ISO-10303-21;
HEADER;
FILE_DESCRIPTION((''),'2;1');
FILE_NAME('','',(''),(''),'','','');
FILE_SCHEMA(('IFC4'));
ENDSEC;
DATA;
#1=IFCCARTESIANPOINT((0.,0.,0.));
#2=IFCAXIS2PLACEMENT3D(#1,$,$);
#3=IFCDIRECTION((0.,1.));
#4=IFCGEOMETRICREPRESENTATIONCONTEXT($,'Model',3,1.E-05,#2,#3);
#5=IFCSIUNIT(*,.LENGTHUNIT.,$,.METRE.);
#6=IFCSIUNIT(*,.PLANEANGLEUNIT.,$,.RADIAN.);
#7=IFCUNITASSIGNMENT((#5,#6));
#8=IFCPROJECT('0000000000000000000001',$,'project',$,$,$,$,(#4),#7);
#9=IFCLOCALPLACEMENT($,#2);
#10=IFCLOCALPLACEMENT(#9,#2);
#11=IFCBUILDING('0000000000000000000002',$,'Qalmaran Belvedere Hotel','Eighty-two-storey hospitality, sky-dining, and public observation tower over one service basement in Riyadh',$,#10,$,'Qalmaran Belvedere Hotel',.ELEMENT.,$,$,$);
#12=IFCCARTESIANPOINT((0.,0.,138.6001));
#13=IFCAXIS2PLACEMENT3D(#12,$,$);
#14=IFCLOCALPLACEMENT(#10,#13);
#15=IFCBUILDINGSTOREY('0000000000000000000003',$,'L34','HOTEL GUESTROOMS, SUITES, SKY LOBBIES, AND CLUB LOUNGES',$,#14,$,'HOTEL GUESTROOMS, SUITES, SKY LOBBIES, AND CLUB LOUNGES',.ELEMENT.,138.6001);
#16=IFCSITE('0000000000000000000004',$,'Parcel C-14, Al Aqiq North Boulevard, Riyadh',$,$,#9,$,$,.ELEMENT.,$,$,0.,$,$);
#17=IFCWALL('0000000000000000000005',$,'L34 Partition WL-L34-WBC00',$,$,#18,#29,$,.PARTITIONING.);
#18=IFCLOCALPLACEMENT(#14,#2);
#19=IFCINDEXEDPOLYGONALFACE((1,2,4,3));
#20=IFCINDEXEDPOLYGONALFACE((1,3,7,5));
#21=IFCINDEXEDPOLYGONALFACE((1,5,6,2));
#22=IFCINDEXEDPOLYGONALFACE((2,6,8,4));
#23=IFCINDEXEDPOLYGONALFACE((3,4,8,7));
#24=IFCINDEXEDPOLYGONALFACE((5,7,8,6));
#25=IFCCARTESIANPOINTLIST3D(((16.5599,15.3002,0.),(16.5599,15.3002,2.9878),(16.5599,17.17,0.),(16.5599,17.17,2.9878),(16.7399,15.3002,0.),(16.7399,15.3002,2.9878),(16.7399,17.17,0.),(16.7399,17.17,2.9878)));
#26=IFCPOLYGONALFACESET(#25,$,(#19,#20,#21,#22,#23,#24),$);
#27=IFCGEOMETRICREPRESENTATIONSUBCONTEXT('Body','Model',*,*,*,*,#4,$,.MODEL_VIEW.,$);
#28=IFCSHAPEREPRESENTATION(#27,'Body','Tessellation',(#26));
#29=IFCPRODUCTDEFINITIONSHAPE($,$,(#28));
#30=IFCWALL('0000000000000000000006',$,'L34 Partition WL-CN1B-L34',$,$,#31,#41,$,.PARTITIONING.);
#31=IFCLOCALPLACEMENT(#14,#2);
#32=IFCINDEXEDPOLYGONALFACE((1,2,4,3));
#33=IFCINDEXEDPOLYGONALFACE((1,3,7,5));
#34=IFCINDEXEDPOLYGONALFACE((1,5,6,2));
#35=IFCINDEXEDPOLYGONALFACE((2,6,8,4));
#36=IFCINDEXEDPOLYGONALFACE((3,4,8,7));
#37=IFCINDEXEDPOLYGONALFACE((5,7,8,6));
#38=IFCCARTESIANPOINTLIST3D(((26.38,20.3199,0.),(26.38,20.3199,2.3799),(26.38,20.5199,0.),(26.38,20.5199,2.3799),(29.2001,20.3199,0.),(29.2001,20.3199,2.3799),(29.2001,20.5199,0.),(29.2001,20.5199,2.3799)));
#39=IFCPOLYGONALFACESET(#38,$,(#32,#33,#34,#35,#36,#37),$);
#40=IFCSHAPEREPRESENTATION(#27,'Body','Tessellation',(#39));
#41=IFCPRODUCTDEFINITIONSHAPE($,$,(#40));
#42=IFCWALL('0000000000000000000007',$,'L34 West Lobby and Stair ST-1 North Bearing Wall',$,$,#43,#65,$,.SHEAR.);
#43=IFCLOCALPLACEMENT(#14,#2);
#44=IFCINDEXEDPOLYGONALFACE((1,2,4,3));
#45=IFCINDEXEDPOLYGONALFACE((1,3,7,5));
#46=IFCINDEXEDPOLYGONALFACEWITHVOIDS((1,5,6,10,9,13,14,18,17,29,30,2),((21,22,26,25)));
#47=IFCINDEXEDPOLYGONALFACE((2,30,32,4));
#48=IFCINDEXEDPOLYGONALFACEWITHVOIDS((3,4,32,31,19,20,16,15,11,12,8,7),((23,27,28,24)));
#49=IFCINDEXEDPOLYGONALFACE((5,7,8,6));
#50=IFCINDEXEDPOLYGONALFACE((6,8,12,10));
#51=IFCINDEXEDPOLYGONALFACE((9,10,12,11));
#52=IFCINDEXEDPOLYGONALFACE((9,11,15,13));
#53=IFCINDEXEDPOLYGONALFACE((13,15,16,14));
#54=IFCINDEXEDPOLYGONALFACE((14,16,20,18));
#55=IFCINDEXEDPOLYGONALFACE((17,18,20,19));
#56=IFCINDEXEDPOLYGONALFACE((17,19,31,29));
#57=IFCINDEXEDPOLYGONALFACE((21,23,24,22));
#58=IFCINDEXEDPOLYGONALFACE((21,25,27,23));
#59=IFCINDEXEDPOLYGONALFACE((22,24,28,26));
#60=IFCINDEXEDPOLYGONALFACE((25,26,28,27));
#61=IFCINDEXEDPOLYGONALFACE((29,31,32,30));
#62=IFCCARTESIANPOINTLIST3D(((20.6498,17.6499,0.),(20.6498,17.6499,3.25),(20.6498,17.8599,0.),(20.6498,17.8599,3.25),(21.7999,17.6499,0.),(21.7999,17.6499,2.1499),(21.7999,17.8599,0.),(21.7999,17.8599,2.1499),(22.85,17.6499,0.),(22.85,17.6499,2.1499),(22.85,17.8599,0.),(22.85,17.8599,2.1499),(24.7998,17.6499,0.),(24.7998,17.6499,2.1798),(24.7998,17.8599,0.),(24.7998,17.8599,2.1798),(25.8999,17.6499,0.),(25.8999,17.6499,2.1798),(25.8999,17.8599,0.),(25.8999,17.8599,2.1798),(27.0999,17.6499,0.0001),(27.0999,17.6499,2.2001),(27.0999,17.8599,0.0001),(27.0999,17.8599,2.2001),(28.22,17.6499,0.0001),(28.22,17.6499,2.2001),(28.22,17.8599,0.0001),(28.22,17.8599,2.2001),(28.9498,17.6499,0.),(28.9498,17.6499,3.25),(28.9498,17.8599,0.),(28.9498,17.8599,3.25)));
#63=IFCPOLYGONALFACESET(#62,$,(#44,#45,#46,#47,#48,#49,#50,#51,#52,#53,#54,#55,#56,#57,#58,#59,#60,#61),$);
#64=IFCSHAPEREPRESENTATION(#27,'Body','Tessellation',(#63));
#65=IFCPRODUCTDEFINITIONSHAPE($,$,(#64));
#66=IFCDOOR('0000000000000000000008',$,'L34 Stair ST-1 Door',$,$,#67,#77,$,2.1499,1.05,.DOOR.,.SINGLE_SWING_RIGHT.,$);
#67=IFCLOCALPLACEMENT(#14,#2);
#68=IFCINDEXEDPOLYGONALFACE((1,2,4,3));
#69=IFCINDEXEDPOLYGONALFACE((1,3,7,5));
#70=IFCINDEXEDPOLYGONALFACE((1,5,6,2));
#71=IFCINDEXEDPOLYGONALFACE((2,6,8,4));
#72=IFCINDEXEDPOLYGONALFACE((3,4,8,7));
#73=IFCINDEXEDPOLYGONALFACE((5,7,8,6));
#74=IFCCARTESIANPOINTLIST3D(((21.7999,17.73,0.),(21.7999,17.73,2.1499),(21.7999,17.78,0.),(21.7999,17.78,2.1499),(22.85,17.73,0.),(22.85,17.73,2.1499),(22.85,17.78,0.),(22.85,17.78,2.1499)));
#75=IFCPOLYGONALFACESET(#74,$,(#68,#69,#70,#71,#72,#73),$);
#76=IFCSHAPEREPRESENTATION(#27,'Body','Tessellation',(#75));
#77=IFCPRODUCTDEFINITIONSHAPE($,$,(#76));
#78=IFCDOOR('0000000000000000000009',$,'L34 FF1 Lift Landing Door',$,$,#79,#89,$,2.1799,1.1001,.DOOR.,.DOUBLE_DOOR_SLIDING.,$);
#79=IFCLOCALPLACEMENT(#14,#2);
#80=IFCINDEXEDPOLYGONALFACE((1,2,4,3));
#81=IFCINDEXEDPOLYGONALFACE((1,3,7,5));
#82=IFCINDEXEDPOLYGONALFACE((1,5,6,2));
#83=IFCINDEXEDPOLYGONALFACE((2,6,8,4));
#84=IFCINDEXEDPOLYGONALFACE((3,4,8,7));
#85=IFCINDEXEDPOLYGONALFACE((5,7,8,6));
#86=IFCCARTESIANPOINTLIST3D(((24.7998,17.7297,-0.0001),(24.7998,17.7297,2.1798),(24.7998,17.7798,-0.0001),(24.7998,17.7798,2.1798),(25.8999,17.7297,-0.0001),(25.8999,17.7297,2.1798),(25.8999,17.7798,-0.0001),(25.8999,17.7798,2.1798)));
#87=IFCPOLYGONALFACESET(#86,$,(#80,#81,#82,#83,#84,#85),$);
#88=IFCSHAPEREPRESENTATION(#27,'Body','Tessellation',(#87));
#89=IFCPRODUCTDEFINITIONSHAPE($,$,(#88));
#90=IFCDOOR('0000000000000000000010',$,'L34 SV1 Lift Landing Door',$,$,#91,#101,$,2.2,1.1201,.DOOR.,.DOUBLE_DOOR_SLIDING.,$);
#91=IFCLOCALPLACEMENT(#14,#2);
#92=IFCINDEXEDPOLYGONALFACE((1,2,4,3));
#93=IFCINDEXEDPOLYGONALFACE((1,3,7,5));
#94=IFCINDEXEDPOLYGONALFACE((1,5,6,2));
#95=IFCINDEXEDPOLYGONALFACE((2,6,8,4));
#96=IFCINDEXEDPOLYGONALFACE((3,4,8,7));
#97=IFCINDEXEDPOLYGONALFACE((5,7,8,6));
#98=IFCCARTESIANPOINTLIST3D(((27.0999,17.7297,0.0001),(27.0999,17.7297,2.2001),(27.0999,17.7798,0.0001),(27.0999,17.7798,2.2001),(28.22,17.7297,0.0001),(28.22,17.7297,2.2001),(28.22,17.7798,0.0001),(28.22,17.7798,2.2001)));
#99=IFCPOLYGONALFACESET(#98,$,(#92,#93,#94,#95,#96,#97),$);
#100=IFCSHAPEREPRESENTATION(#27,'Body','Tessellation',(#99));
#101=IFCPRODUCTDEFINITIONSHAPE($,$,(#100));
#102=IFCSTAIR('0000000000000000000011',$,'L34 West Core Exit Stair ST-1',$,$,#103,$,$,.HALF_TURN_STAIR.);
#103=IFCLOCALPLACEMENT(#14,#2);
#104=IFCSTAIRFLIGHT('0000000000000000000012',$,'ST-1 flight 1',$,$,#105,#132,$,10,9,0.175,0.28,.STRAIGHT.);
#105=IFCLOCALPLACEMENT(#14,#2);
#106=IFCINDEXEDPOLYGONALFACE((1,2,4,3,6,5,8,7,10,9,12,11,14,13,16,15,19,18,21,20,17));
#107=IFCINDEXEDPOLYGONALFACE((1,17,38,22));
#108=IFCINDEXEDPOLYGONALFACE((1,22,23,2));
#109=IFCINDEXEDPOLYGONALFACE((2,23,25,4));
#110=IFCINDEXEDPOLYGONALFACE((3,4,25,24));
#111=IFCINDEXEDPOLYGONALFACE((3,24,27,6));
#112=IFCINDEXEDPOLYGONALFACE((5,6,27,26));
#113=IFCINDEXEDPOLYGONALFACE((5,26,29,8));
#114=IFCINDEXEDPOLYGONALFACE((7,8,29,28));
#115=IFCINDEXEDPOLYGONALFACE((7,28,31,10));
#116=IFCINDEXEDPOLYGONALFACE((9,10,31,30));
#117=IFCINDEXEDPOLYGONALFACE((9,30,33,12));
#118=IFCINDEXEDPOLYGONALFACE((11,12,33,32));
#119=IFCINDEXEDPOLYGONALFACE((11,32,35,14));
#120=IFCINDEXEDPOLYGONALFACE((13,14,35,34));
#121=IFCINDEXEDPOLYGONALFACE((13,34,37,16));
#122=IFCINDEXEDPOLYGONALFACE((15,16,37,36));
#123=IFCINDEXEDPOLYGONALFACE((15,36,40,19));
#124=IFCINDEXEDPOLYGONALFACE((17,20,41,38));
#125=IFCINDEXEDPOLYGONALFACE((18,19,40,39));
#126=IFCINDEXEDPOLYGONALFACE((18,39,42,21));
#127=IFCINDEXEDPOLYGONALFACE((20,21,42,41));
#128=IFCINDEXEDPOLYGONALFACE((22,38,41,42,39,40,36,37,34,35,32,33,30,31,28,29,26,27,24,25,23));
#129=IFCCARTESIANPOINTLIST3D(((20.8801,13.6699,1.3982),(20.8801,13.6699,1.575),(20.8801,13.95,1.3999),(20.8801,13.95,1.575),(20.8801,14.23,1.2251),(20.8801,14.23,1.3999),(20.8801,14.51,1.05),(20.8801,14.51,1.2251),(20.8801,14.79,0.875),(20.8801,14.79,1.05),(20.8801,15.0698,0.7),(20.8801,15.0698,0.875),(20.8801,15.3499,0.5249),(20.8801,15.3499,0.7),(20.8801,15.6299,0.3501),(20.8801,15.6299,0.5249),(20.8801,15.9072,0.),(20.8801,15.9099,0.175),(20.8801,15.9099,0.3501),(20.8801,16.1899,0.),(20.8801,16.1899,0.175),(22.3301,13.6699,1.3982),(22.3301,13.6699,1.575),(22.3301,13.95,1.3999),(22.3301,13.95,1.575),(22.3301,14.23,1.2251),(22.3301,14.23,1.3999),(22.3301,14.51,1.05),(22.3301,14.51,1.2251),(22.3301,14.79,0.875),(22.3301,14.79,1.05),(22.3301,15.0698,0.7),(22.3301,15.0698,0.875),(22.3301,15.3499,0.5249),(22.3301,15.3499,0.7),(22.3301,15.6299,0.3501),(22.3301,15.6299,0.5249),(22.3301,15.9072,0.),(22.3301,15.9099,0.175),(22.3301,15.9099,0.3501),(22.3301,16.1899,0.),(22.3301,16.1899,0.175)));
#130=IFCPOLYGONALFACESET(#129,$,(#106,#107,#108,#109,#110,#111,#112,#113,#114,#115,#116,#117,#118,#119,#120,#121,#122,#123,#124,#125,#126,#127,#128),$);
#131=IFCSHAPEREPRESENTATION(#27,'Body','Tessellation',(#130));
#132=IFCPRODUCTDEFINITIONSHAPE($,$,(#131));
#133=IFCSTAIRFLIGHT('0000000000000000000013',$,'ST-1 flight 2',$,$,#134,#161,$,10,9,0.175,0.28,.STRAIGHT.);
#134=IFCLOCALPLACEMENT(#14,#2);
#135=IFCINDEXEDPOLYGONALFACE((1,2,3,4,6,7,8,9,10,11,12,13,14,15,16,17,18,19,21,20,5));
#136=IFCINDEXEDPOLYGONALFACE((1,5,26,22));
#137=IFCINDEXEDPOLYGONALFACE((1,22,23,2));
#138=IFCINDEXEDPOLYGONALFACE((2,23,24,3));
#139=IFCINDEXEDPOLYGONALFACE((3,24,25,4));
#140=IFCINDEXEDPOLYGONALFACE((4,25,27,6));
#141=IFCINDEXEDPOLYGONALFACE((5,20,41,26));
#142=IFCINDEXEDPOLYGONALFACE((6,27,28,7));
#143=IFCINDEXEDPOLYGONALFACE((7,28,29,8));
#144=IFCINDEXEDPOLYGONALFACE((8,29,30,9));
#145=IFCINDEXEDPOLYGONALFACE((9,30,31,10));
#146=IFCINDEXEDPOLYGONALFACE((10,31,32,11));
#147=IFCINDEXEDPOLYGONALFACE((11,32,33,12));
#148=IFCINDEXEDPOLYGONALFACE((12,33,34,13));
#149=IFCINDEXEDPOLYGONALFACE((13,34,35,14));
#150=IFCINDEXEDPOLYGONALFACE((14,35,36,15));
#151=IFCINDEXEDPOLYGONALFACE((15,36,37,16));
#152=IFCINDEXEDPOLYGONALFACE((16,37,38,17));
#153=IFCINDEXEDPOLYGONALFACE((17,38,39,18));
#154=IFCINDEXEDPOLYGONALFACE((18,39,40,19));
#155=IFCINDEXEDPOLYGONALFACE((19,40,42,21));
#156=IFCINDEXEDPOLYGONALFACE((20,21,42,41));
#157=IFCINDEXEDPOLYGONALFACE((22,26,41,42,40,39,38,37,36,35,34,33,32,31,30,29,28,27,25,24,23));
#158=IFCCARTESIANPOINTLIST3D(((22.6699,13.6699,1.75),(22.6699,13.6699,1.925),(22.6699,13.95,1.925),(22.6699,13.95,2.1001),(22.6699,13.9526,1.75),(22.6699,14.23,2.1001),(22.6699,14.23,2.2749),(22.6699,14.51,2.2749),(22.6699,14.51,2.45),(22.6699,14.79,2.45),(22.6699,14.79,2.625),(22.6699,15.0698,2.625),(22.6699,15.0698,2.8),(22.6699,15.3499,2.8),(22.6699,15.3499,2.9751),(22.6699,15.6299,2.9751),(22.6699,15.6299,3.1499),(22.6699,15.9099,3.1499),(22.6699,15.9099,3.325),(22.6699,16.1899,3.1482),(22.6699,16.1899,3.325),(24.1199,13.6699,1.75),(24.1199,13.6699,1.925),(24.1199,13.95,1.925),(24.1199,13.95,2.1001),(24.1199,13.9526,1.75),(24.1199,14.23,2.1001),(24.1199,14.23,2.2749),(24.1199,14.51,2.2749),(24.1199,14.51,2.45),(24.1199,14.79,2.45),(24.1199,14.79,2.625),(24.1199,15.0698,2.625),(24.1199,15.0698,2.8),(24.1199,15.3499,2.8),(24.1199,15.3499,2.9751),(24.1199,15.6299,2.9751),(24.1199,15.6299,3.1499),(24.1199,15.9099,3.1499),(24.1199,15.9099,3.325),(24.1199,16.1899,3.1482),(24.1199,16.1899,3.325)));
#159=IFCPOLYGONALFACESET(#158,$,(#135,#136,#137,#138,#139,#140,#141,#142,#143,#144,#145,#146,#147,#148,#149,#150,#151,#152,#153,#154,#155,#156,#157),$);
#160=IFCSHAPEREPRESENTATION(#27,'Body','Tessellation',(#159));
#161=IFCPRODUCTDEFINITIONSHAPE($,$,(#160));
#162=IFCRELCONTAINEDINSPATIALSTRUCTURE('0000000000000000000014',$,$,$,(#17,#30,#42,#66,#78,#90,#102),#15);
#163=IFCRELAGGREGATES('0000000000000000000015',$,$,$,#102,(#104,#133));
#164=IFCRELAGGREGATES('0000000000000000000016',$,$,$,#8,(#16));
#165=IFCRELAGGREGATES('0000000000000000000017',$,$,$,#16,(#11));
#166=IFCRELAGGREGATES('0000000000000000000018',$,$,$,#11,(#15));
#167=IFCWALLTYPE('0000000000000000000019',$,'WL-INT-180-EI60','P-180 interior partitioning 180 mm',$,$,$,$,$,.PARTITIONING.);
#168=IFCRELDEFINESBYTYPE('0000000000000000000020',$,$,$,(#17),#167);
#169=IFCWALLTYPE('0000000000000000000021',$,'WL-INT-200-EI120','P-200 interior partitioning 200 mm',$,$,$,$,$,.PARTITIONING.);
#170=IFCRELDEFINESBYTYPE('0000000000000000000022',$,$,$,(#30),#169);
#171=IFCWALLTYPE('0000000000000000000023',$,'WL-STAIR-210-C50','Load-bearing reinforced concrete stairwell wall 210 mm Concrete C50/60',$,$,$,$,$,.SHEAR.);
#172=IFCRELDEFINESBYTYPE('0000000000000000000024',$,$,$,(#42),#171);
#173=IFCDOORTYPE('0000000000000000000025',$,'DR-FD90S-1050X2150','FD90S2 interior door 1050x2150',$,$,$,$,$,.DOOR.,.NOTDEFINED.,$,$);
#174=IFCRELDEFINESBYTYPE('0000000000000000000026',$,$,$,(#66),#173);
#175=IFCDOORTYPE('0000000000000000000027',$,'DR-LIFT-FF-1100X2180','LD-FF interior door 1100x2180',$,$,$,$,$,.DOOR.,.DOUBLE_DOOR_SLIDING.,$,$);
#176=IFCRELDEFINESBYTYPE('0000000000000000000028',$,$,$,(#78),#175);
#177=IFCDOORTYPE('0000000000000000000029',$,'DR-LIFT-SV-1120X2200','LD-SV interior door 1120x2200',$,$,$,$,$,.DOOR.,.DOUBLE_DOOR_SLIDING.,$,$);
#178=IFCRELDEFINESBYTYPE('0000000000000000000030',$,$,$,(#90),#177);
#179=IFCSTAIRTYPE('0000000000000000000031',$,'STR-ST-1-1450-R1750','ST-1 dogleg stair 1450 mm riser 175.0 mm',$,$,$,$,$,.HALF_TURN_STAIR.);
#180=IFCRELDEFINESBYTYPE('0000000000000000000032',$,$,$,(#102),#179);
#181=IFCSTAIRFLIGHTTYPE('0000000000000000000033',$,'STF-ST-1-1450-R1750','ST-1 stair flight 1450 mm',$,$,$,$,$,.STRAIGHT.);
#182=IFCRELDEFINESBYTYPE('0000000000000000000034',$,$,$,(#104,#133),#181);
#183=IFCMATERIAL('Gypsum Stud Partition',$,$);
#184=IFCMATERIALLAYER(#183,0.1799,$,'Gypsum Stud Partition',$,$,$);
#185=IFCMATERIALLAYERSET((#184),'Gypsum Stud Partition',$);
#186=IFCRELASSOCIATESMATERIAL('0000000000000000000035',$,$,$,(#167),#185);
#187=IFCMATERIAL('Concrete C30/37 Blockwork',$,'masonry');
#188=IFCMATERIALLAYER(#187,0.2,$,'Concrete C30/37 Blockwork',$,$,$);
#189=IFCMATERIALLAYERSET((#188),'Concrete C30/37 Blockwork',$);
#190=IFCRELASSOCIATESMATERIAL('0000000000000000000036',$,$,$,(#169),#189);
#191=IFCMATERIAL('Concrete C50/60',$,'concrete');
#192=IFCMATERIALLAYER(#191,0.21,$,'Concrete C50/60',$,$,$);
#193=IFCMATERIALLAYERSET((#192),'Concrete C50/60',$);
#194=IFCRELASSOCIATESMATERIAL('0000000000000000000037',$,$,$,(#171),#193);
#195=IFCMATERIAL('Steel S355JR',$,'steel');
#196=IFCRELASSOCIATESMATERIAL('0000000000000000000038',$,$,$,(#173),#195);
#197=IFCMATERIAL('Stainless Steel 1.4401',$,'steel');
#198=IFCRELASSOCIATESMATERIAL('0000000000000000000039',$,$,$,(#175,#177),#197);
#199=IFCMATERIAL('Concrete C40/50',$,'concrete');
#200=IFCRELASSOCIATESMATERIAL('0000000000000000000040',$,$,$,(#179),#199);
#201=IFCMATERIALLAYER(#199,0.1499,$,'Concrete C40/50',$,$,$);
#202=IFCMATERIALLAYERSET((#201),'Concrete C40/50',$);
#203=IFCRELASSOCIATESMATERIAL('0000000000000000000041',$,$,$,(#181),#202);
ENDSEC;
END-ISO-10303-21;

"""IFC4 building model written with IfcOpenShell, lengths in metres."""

from ifc_helpers import new_model, si_unit, direction, frame, frame_2d, origin, place, context, subcontext, project, spatial, polyline, rectangle, outline, extrude, material, layer, layer_set, type_object, element, fill, aggregate, save


model = new_model("IFC4")

# Units and contexts
model_context = context("Model", 3, precision=1e-05, world=origin(), true_north=direction((0.0, 1.0)))
body_context = subcontext(model_context, "Body", "Model", "MODEL_VIEW")
ifc_project = project(units=[si_unit("LENGTHUNIT", "METRE"), si_unit("PLANEANGLEUNIT", "RADIAN")], contexts=[model_context])

# Site, building, storey
site_placement = place(None, origin())
site = spatial("IfcSite", under=ifc_project, at=site_placement, Name="Parcel C-14, Al Aqiq North Boulevard, Riyadh", CompositionType="ELEMENT", RefElevation=0.0)
building_placement = place(site_placement, origin())
building = spatial("IfcBuilding", under=site, at=building_placement, Name="Qalmaran Belvedere Hotel", Description="Eighty-two-storey hospitality, sky-dining, and public observation tower over one service basement in Riyadh", LongName="Qalmaran Belvedere Hotel", CompositionType="ELEMENT")
storey_placement = place(building_placement, frame((0.0, 0.0, 138.6001)))
storey = spatial("IfcBuildingStorey", under=building, at=storey_placement, Name="L34", Description="HOTEL GUESTROOMS, SUITES, SKY LOBBIES, AND CLUB LOUNGES", LongName="HOTEL GUESTROOMS, SUITES, SKY LOBBIES, AND CLUB LOUNGES", CompositionType="ELEMENT", Elevation=138.6001)

# Shared definitions
ifc_material_1 = material(Name="Gypsum Stud Partition")

# Shared definitions
ifc_material_2 = material(Name="Steel S355JR", Category="steel")

# Wall
ifc_layer_1 = layer(ifc_material_1, 0.1799, Name="Gypsum Stud Partition")
ifc_layer_set_1 = layer_set([ifc_layer_1], Name="Gypsum Stud Partition")
wall_type_1 = type_object("IfcWallType", Name="WL-INT-180-EI60", Description="P-180 interior partitioning 180 mm", PredefinedType="PARTITIONING", material=ifc_layer_set_1)
wall_1_placement = place(storey_placement, frame((16.6499, 15.3, 0.0), z_axis=(0.0, 0.0, 1.0), x_axis=(0.0, 1.0, 0.0)))
element("IfcWall", 1, at=wall_1_placement, inside=storey, type_object=wall_type_1, Name="L34 Partition WL-L34-WBC00", PredefinedType="PARTITIONING", context=body_context, shape_type="SweptSolid", body=[
    extrude(rectangle(XDim=1.8699, YDim=0.1799, at=frame_2d((0.9351, 0.0))), origin(), (0.0, 0.0, 1.0), 2.9878),
])

# Shared definitions
ifc_material_3 = material(Name="Concrete C30/37 Blockwork", Category="masonry")
ifc_layer_2 = layer(ifc_material_3, 0.2, Name="Concrete C30/37 Blockwork")
ifc_layer_set_2 = layer_set([ifc_layer_2], Name="Concrete C30/37 Blockwork")
wall_type_2 = type_object("IfcWallType", Name="WL-INT-200-EI120", Description="P-200 interior partitioning 200 mm", PredefinedType="PARTITIONING", material=ifc_layer_set_2)

# Wall
wall_2_placement = place(storey_placement, frame((26.3799, 20.4199, 0.0), z_axis=(0.0, 0.0, 1.0), x_axis=(1.0, 0.0, 0.0)))
element("IfcWall", 2, at=wall_2_placement, inside=storey, type_object=wall_type_2, Name="L34 Partition WL-CN1B-L34", PredefinedType="PARTITIONING", context=body_context, shape_type="SweptSolid", body=[
    extrude(rectangle(XDim=2.8201, YDim=0.2, at=frame_2d((1.4102, 0.0))), origin(), (0.0, 0.0, 1.0), 2.3799),
])

# Wall, openings, doors
ifc_material_4 = material(Name="Concrete C50/60", Category="concrete")
ifc_layer_3 = layer(ifc_material_4, 0.21, Name="Concrete C50/60")
ifc_layer_set_3 = layer_set([ifc_layer_3], Name="Concrete C50/60")
wall_type_3 = type_object("IfcWallType", Name="WL-STAIR-210-C50", Description="Load-bearing reinforced concrete stairwell wall 210 mm Concrete C50/60", PredefinedType="SHEAR", material=ifc_layer_set_3)
wall_3_placement = place(storey_placement, frame((20.6499, 17.7549, 0.0), z_axis=(0.0, 0.0, 1.0), x_axis=(1.0, 0.0, 0.0)))
wall_3 = element("IfcWall", 3, at=wall_3_placement, inside=storey, type_object=wall_type_3, Name="L34 West Lobby and Stair ST-1 North Bearing Wall", PredefinedType="SHEAR", context=body_context, shape_type="SweptSolid", body=[
    extrude(rectangle(XDim=8.3, YDim=0.21, at=frame_2d((4.1499, 0.0))), origin(), (0.0, 0.0, 1.0), 3.25),
])
opening_1_placement = place(wall_3_placement, frame((2.2, 0.0, 0.0), z_axis=(0.0, 0.0, 1.0), x_axis=(-1.0, 0.0, 0.0)))
opening_1 = element("IfcOpeningElement", 4, at=opening_1_placement, cuts=wall_3, PredefinedType="OPENING", context=body_context, shape_type="SweptSolid", body=[
    extrude(rectangle(XDim=1.05, YDim=2.1499, at=frame_2d((0.5249, 1.075))), frame((0.0, 0.115, 0.0), z_axis=(0.0, -1.0, 0.0), x_axis=(1.0, 0.0, 0.0)), (0.0, 0.0, 1.0), 0.23),
])
opening_2_placement = place(wall_3_placement, frame((4.1499, 0.0, 0.0)))
opening_2 = element("IfcOpeningElement", 5, at=opening_2_placement, cuts=wall_3, PredefinedType="OPENING", context=body_context, shape_type="SweptSolid", body=[
    extrude(rectangle(XDim=1.1001, YDim=2.1799, at=frame_2d((0.55, 1.0898))), frame((0.0, 0.115, 0.0), z_axis=(0.0, -1.0, 0.0), x_axis=(1.0, 0.0, 0.0)), (0.0, 0.0, 1.0), 0.23),
])
opening_3_placement = place(wall_3_placement, frame((6.45, 0.0, 0.0)))
opening_3 = element("IfcOpeningElement", 6, at=opening_3_placement, cuts=wall_3, PredefinedType="OPENING", context=body_context, shape_type="SweptSolid", body=[
    extrude(rectangle(XDim=1.1201, YDim=2.2, at=frame_2d((0.5601, 1.1001))), frame((0.0, 0.115, 0.0), z_axis=(0.0, -1.0, 0.0), x_axis=(1.0, 0.0, 0.0)), (0.0, 0.0, 1.0), 0.23),
])
door_type_1 = type_object("IfcDoorType", Name="DR-FD90S-1050X2150", Description="FD90S2 interior door 1050x2150", OperationType="NOTDEFINED", PredefinedType="DOOR", material=ifc_material_2)
door_1_placement = place(opening_1_placement, origin())
door_1 = element("IfcDoor", 7, at=door_1_placement, inside=storey, type_object=door_type_1, Name="L34 Stair ST-1 Door", OperationType="SINGLE_SWING_RIGHT", OverallHeight=2.1499, OverallWidth=1.05, PredefinedType="DOOR", context=body_context, shape_type="SweptSolid", body=[
    extrude(rectangle(XDim=1.05, YDim=2.1499, at=frame_2d((0.5249, 1.075))), frame((0.0, 0.0249, 0.0), z_axis=(0.0, -1.0, 0.0), x_axis=(1.0, 0.0, 0.0)), (0.0, 0.0, 1.0), 0.05),
])
fill(opening_1, door_1)
ifc_material_5 = material(Name="Stainless Steel 1.4401", Category="steel")
door_type_2 = type_object("IfcDoorType", Name="DR-LIFT-FF-1100X2180", Description="LD-FF interior door 1100x2180", OperationType="DOUBLE_DOOR_SLIDING", PredefinedType="DOOR", material=ifc_material_5)
door_2_placement = place(opening_2_placement, origin())
door_2 = element("IfcDoor", 8, at=door_2_placement, inside=storey, type_object=door_type_2, Name="L34 FF1 Lift Landing Door", OperationType="DOUBLE_DOOR_SLIDING", OverallHeight=2.1799, OverallWidth=1.1001, PredefinedType="DOOR", context=body_context, shape_type="SweptSolid", body=[
    extrude(rectangle(XDim=1.1001, YDim=2.1799, at=frame_2d((0.55, 1.0898))), frame((0.0, 0.0249, 0.0), z_axis=(0.0, -1.0, 0.0), x_axis=(1.0, 0.0, 0.0)), (0.0, 0.0, 1.0), 0.05),
])
fill(opening_2, door_2)
door_type_3 = type_object("IfcDoorType", Name="DR-LIFT-SV-1120X2200", Description="LD-SV interior door 1120x2200", OperationType="DOUBLE_DOOR_SLIDING", PredefinedType="DOOR", material=ifc_material_5)
door_3_placement = place(opening_3_placement, origin())
door_3 = element("IfcDoor", 9, at=door_3_placement, inside=storey, type_object=door_type_3, Name="L34 SV1 Lift Landing Door", OperationType="DOUBLE_DOOR_SLIDING", OverallHeight=2.2, OverallWidth=1.1201, PredefinedType="DOOR", context=body_context, shape_type="SweptSolid", body=[
    extrude(rectangle(XDim=1.1201, YDim=2.2, at=frame_2d((0.5601, 1.1001))), frame((0.0, 0.0249, 0.0), z_axis=(0.0, -1.0, 0.0), x_axis=(1.0, 0.0, 0.0)), (0.0, 0.0, 1.0), 0.05),
])
fill(opening_3, door_3)

# Stair, stair flights
ifc_material_6 = material(Name="Concrete C40/50", Category="concrete")
stair_type = type_object("IfcStairType", Name="STR-ST-1-1450-R1750", Description="ST-1 dogleg stair 1450 mm riser 175.0 mm", PredefinedType="HALF_TURN_STAIR", material=ifc_material_6)
stair_placement = place(storey_placement, origin())
stair = element("IfcStair", 10, at=stair_placement, inside=storey, type_object=stair_type, Name="L34 West Core Exit Stair ST-1", PredefinedType="HALF_TURN_STAIR")
ifc_layer_4 = layer(ifc_material_6, 0.1499, Name="Concrete C40/50")
ifc_layer_set_4 = layer_set([ifc_layer_4], Name="Concrete C40/50")
stair_flight_type = type_object("IfcStairFlightType", Name="STF-ST-1-1450-R1750", Description="ST-1 stair flight 1450 mm", PredefinedType="STRAIGHT", material=ifc_layer_set_4)
stair_flight_1_placement = place(storey_placement, frame((21.605, 16.1899, 0.0), z_axis=(0.0, 0.0, 1.0), x_axis=(0.0, -1.0, 0.0)))
stair_flight_1 = element("IfcStairFlight", 11, at=stair_flight_1_placement, type_object=stair_flight_type, Name="ST-1 flight 1", NumberOfRisers=10, NumberOfTreads=9, PredefinedType="STRAIGHT", RiserHeight=0.175, TreadLength=0.28, context=body_context, shape_type="SweptSolid", body=[
    extrude(outline(polyline([(0.0, 0.0), (0.0, 0.175), (0.28, 0.175), (0.28, 0.3501), (0.5601, 0.3501), (0.5601, 0.5249), (0.8401, 0.5249), (0.8401, 0.7), (1.1201, 0.7), (1.1201, 0.875), (1.3999, 0.875), (1.3999, 1.05), (1.6799, 1.05), (1.6799, 1.2251), (1.96, 1.2251), (1.96, 1.3999), (2.24, 1.3999), (2.24, 1.575), (2.52, 1.575), (2.52, 1.75), (2.52, 1.3982), (0.2827, 0.0), (0.0, 0.0)])), frame((0.0, 0.7251, 0.0), z_axis=(0.0, -1.0, 0.0), x_axis=(1.0, 0.0, 0.0)), (0.0, 0.0, 1.0), 1.45),
])
stair_flight_2_placement = place(storey_placement, frame((23.395, 13.6699, 1.75), z_axis=(0.0, 0.0, 1.0), x_axis=(0.0, 1.0, 0.0)))
stair_flight_2 = element("IfcStairFlight", 12, at=stair_flight_2_placement, type_object=stair_flight_type, Name="ST-1 flight 2", NumberOfRisers=10, NumberOfTreads=9, PredefinedType="STRAIGHT", RiserHeight=0.175, TreadLength=0.28, context=body_context, shape_type="SweptSolid", body=[
    extrude(outline(polyline([(0.0, 0.0), (0.0, 0.175), (0.28, 0.175), (0.28, 0.3501), (0.5601, 0.3501), (0.5601, 0.5249), (0.8401, 0.5249), (0.8401, 0.7), (1.1201, 0.7), (1.1201, 0.875), (1.3999, 0.875), (1.3999, 1.05), (1.6799, 1.05), (1.6799, 1.2251), (1.96, 1.2251), (1.96, 1.3999), (2.24, 1.3999), (2.24, 1.575), (2.52, 1.575), (2.52, 1.75), (2.52, 1.3982), (0.2827, 0.0), (0.0, 0.0)])), frame((0.0, 0.7251, 0.0), z_axis=(0.0, -1.0, 0.0), x_axis=(1.0, 0.0, 0.0)), (0.0, 0.0, 1.0), 1.45),
])
aggregate(stair, [stair_flight_1, stair_flight_2])

save(model, "model.ifc")
